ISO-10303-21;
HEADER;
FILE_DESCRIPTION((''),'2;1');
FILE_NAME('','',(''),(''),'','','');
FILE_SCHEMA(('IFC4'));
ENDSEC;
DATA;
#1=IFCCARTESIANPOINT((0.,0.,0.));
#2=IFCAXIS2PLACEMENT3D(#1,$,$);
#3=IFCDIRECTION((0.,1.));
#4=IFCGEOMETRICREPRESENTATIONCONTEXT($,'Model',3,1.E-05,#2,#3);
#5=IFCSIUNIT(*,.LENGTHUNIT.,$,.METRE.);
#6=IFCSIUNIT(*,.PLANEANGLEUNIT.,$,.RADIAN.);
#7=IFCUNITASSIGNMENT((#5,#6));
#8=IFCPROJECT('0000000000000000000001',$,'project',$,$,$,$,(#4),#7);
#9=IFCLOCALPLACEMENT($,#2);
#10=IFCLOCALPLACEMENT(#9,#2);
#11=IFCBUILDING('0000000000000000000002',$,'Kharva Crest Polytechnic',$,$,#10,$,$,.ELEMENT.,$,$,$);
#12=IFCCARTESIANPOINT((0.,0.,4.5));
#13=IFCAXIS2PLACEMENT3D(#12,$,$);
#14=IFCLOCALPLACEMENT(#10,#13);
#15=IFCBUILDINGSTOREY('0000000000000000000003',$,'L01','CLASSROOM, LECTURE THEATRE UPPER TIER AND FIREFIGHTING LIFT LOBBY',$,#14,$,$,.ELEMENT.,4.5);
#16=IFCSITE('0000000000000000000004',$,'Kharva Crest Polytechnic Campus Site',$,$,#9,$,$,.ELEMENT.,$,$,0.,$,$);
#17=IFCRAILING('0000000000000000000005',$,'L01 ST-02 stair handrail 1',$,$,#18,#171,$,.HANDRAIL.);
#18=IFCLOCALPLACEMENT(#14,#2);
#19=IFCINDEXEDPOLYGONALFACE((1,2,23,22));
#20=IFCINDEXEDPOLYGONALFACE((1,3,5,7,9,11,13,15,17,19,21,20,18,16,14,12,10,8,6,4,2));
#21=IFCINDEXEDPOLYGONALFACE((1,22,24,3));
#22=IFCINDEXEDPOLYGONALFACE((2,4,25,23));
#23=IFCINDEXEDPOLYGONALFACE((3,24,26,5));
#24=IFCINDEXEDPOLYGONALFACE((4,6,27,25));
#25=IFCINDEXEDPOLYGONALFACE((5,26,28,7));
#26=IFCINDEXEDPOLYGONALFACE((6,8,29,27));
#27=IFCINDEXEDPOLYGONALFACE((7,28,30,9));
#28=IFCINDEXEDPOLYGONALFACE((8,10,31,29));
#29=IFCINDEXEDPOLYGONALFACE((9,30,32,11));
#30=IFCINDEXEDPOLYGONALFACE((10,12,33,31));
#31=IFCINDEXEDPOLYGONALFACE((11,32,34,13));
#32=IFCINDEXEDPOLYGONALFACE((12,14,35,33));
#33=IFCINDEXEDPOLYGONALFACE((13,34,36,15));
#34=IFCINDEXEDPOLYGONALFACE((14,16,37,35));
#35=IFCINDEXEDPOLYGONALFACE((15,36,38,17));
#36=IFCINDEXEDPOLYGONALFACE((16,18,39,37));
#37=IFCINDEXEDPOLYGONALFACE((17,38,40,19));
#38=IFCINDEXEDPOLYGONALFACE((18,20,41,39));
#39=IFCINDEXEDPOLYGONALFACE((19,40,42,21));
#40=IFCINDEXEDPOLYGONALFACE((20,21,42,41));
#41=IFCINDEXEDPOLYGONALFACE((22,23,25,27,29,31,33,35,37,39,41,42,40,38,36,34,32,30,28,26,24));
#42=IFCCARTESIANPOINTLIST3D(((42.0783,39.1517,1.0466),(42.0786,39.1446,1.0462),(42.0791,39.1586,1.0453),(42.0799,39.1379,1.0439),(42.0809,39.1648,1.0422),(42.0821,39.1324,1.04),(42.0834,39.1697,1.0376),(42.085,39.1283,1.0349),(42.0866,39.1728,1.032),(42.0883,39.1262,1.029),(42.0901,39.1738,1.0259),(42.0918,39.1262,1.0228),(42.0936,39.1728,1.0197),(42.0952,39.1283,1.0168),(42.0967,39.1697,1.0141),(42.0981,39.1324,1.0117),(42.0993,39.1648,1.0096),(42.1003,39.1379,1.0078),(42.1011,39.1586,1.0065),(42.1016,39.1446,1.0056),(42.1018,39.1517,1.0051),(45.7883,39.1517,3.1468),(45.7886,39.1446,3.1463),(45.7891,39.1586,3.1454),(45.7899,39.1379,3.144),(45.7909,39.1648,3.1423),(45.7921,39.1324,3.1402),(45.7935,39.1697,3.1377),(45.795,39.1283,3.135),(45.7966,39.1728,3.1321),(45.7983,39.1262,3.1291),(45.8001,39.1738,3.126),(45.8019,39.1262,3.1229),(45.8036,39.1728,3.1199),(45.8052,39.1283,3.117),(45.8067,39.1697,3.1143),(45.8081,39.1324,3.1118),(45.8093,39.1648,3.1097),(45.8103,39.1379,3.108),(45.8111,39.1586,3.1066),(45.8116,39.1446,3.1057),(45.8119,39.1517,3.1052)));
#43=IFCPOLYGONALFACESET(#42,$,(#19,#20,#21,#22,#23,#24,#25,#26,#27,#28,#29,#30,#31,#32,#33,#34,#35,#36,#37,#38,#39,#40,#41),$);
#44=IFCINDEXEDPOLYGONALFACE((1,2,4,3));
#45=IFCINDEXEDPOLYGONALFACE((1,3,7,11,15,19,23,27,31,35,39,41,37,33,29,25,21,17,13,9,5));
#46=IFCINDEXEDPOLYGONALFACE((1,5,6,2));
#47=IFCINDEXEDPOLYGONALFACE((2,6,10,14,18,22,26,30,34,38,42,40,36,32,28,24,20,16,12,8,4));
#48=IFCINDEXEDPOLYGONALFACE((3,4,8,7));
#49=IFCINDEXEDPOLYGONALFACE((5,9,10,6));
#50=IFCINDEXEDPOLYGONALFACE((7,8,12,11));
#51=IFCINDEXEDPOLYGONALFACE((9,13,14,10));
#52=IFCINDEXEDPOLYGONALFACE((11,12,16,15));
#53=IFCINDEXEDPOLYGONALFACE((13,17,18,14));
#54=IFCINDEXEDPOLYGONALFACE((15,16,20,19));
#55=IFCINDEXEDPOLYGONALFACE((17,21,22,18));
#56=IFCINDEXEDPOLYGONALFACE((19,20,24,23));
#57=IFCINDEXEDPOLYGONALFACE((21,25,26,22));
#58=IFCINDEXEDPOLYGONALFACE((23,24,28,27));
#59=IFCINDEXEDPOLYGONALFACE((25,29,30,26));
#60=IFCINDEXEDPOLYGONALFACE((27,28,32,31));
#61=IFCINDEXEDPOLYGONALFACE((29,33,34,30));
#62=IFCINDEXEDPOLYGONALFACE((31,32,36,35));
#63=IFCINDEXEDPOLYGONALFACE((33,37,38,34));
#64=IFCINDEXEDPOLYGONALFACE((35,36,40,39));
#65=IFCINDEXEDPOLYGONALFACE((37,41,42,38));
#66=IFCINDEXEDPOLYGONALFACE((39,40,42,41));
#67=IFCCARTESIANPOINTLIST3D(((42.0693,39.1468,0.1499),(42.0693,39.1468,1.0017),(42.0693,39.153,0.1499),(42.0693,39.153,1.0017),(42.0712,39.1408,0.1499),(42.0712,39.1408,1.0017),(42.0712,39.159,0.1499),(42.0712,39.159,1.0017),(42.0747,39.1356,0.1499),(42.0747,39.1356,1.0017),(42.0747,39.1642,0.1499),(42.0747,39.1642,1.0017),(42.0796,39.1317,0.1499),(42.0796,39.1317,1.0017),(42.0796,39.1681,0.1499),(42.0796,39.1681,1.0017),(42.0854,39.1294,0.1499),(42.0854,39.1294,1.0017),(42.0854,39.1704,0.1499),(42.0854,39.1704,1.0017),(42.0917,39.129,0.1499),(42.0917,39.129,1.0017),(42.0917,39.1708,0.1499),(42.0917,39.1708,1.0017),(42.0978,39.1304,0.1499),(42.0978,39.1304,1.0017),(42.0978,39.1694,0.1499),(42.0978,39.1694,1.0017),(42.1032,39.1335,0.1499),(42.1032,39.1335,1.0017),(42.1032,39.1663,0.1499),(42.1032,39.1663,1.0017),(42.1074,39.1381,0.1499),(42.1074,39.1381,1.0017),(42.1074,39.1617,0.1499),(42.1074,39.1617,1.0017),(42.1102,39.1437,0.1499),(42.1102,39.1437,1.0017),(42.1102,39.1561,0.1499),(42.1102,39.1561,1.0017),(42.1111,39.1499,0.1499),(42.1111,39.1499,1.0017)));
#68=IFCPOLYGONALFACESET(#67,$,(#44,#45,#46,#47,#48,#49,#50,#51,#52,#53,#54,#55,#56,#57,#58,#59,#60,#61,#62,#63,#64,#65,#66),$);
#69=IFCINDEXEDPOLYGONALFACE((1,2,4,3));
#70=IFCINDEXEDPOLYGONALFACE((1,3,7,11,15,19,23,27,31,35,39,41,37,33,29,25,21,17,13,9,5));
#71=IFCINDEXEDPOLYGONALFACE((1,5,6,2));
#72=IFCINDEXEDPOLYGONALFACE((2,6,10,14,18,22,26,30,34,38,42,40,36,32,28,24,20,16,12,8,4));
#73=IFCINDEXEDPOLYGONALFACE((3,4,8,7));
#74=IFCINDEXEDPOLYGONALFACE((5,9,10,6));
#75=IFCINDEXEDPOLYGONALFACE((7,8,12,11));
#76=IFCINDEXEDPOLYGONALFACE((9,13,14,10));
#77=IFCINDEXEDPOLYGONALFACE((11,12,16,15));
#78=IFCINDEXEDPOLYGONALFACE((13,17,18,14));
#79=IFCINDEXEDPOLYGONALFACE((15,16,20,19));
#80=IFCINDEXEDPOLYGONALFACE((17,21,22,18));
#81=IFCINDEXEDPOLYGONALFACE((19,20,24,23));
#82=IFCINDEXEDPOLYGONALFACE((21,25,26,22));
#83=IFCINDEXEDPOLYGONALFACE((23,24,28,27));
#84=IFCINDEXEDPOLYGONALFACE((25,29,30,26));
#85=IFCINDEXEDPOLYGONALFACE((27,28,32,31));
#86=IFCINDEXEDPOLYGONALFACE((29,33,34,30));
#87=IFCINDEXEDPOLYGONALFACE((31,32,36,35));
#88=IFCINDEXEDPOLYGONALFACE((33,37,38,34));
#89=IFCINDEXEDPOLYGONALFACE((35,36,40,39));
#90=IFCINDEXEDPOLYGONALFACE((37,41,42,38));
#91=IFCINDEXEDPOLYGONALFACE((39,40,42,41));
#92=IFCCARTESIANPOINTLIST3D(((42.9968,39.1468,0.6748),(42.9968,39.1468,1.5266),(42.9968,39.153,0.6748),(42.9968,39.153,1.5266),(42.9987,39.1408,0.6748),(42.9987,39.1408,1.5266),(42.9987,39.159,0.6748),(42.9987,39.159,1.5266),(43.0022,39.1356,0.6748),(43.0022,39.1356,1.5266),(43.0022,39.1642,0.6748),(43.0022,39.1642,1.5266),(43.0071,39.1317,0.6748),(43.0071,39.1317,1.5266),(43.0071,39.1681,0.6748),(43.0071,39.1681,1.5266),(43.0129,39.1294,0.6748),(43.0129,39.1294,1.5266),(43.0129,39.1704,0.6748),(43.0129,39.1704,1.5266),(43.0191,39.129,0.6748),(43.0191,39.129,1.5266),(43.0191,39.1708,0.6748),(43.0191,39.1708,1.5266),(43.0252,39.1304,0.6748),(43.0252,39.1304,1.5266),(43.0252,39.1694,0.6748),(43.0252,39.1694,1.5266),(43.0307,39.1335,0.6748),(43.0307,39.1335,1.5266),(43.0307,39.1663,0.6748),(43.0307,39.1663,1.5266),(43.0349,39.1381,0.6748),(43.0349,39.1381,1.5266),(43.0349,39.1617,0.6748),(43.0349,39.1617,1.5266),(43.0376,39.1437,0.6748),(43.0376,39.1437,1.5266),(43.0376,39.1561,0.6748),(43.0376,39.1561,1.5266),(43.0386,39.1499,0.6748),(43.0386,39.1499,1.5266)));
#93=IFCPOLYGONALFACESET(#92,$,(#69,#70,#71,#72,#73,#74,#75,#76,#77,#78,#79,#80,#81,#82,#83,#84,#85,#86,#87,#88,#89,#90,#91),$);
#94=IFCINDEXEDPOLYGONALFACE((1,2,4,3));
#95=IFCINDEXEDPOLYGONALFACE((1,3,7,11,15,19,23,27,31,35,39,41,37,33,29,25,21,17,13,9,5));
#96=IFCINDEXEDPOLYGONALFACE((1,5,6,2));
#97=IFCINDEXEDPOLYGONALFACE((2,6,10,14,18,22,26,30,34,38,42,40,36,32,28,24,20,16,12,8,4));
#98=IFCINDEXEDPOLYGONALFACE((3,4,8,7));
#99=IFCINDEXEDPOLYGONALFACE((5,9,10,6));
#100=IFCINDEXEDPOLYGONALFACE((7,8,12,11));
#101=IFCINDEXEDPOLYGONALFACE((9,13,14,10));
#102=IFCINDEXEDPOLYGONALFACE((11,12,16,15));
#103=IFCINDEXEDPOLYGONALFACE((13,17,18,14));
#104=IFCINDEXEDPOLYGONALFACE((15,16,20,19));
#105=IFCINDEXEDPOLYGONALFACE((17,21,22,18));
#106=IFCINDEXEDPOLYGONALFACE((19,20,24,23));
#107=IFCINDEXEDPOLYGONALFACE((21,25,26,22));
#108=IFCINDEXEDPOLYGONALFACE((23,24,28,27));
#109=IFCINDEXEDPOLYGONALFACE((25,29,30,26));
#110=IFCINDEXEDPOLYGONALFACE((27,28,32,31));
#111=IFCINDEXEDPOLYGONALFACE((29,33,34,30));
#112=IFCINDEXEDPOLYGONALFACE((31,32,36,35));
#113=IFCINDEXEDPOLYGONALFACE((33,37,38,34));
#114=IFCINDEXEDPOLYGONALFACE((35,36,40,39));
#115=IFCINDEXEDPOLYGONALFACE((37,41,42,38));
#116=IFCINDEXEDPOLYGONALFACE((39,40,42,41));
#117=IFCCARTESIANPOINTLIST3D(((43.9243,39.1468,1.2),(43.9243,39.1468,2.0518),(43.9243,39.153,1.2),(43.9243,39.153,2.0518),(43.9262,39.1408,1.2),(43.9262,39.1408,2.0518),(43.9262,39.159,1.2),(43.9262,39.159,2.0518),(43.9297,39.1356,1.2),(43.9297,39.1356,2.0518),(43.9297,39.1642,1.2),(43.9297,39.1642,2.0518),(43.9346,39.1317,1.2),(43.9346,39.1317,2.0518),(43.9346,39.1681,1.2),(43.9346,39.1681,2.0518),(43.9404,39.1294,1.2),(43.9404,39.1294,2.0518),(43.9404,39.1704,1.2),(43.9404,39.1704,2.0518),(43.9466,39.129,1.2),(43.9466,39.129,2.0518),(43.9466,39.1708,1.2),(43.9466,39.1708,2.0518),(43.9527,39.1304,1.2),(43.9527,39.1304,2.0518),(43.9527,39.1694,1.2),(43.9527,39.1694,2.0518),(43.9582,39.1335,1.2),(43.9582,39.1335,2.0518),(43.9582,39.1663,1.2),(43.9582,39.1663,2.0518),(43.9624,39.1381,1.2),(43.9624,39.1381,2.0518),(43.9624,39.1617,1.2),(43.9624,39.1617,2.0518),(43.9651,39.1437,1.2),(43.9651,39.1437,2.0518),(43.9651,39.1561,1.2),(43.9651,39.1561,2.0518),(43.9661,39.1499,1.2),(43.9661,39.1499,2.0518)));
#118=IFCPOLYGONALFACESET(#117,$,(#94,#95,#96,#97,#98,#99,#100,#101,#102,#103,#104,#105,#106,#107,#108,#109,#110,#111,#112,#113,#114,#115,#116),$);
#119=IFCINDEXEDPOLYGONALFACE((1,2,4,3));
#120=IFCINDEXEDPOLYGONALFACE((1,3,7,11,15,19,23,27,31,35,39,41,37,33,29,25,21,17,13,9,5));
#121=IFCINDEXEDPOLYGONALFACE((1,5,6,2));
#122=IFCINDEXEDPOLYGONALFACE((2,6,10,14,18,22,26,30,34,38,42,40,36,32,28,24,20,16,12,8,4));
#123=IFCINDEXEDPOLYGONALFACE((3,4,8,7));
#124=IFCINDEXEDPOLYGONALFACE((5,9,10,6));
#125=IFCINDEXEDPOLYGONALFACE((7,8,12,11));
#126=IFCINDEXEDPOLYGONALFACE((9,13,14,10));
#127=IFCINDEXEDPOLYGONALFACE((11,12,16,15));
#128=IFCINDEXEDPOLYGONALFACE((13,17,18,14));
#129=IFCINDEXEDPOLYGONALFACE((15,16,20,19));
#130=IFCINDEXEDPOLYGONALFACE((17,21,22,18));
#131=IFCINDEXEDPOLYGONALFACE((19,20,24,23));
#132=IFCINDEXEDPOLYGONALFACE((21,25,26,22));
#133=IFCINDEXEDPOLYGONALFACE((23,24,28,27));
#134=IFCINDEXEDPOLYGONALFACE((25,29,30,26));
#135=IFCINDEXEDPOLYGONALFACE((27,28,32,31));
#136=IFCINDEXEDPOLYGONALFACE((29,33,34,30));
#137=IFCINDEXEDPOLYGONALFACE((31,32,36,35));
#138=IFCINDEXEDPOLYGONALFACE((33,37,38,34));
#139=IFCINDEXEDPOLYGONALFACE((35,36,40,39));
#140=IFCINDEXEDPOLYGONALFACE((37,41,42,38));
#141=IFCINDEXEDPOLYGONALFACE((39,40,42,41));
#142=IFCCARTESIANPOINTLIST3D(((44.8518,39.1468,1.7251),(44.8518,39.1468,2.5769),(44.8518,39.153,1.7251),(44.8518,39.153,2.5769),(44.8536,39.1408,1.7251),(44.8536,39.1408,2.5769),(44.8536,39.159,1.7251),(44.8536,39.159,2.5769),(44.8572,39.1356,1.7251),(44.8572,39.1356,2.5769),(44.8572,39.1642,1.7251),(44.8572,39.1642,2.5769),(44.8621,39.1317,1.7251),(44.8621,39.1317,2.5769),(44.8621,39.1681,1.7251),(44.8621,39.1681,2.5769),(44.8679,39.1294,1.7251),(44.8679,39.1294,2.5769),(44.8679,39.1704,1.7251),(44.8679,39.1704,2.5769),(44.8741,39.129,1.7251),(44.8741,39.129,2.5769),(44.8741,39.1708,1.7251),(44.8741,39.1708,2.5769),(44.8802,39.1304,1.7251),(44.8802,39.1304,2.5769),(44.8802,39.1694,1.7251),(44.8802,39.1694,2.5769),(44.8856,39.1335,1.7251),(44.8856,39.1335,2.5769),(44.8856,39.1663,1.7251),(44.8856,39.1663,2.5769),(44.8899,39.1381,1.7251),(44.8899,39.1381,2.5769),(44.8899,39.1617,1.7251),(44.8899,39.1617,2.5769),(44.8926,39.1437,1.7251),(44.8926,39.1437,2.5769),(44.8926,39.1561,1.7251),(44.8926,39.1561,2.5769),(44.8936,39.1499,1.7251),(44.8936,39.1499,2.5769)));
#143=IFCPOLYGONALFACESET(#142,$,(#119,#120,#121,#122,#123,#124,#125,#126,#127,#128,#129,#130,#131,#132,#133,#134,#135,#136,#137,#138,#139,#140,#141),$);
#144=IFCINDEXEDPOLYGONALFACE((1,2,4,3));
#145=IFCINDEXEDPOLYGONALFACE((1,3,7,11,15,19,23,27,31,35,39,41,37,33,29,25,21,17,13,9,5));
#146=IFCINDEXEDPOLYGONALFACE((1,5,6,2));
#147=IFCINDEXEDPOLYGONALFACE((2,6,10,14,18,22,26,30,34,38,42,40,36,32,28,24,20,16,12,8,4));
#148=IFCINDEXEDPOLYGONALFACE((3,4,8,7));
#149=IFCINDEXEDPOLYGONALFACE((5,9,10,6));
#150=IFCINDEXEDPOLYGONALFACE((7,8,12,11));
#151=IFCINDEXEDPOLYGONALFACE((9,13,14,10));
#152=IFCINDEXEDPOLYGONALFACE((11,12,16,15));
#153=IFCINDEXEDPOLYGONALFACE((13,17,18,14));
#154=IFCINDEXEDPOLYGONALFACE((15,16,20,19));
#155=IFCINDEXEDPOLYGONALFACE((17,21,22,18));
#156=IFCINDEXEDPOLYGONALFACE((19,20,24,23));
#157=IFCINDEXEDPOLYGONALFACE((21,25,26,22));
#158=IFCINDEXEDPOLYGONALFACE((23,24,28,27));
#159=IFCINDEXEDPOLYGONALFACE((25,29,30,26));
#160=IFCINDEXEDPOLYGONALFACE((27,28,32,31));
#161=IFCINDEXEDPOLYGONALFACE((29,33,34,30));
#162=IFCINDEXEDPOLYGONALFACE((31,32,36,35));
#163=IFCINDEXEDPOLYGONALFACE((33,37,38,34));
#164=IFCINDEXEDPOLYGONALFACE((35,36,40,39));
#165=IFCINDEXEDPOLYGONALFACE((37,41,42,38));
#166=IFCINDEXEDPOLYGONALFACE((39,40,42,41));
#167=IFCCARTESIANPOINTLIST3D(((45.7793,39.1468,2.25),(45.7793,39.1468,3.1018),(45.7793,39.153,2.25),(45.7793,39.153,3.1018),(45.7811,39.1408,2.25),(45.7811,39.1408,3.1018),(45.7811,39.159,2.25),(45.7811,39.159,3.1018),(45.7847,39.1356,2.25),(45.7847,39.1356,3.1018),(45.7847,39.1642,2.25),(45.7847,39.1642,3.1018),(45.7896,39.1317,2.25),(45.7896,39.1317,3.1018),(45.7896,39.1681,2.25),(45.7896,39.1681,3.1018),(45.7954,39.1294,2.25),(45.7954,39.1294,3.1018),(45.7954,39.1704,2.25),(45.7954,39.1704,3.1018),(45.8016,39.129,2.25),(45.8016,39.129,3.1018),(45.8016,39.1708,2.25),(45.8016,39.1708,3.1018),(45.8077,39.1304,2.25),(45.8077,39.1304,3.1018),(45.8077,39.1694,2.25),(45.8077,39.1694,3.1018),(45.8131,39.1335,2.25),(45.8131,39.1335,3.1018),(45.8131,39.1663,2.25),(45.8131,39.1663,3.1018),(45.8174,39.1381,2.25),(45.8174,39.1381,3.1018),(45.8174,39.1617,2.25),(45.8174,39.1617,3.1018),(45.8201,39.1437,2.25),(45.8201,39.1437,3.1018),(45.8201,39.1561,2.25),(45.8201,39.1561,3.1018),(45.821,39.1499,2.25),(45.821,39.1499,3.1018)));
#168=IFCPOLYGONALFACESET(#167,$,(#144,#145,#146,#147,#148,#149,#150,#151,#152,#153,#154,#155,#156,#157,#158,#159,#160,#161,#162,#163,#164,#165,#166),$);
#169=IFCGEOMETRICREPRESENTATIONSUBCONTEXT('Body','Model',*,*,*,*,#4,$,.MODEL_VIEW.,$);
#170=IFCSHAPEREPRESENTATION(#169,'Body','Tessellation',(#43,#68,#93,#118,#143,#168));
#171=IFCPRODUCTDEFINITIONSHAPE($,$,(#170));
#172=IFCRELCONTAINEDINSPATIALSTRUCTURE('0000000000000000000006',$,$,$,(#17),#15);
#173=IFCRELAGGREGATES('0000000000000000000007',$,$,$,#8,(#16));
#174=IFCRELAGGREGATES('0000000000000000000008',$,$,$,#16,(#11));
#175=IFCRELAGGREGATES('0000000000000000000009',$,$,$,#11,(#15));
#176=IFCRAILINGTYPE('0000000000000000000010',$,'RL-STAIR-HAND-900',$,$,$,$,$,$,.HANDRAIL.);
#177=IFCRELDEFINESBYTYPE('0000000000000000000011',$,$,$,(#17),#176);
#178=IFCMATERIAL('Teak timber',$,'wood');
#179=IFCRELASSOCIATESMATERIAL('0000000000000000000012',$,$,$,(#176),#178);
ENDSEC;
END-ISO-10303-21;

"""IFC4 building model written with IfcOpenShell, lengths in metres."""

from ifc_helpers import new_model, si_unit, direction, frame, origin, origin_2d, place, context, subcontext, project, spatial, circle, extrude, material, type_object, element, save


model = new_model("IFC4")

# Units and contexts
model_context = context("Model", 3, precision=1e-05, world=origin(), true_north=direction((0.0, 1.0)))
body_context = subcontext(model_context, "Body", "Model", "MODEL_VIEW")
ifc_project = project(units=[si_unit("LENGTHUNIT", "METRE"), si_unit("PLANEANGLEUNIT", "RADIAN")], contexts=[model_context])

# Site, building, storey
site_placement = place(None, origin())
site = spatial("IfcSite", under=ifc_project, at=site_placement, Name="Kharva Crest Polytechnic Campus Site", CompositionType="ELEMENT", RefElevation=0.0)
building_placement = place(site_placement, origin())
building = spatial("IfcBuilding", under=site, at=building_placement, Name="Kharva Crest Polytechnic", CompositionType="ELEMENT")
storey_placement = place(building_placement, frame((0.0, 0.0, 4.5)))
storey = spatial("IfcBuildingStorey", under=building, at=storey_placement, Name="L01", Description="CLASSROOM, LECTURE THEATRE UPPER TIER AND FIREFIGHTING LIFT LOBBY", CompositionType="ELEMENT", Elevation=4.5)

# Railing
ifc_material_1 = material(Name="Teak timber", Category="wood")
railing_type_1 = type_object("IfcRailingType", Name="RL-STAIR-HAND-900", PredefinedType="HANDRAIL", material=ifc_material_1)
railing_1_placement = place(storey_placement, frame((42.0901, 39.1499, 0.1499)))
element("IfcRailing", 1, at=railing_1_placement, inside=storey, type_object=railing_type_1, Name="L01 ST-02 stair handrail 1", PredefinedType="HANDRAIL", context=body_context, shape_type="SweptSolid", body=[
    extrude(circle(Radius=0.0239, at=origin_2d()), frame((0.0, 0.0, 0.876), z_axis=(0.870245, 0.0, 0.492619), x_axis=(0.0, 1.0, 0.0)), (0.0, 0.0, 1.0), 4.2632),
    extrude(circle(Radius=0.021, at=origin_2d()), origin(), (0.0, 0.0, 1.0), 0.8518),
    extrude(circle(Radius=0.021, at=origin_2d()), frame((0.9275, 0.0, 0.5249)), (0.0, 0.0, 1.0), 0.8518),
    extrude(circle(Radius=0.021, at=origin_2d()), frame((1.855, 0.0, 1.05)), (0.0, 0.0, 1.0), 0.8518),
    extrude(circle(Radius=0.021, at=origin_2d()), frame((2.7825, 0.0, 1.5752)), (0.0, 0.0, 1.0), 0.8518),
    extrude(circle(Radius=0.021, at=origin_2d()), frame((3.71, 0.0, 2.1001)), (0.0, 0.0, 1.0), 0.8518),
])

save(model, "model.ifc")
